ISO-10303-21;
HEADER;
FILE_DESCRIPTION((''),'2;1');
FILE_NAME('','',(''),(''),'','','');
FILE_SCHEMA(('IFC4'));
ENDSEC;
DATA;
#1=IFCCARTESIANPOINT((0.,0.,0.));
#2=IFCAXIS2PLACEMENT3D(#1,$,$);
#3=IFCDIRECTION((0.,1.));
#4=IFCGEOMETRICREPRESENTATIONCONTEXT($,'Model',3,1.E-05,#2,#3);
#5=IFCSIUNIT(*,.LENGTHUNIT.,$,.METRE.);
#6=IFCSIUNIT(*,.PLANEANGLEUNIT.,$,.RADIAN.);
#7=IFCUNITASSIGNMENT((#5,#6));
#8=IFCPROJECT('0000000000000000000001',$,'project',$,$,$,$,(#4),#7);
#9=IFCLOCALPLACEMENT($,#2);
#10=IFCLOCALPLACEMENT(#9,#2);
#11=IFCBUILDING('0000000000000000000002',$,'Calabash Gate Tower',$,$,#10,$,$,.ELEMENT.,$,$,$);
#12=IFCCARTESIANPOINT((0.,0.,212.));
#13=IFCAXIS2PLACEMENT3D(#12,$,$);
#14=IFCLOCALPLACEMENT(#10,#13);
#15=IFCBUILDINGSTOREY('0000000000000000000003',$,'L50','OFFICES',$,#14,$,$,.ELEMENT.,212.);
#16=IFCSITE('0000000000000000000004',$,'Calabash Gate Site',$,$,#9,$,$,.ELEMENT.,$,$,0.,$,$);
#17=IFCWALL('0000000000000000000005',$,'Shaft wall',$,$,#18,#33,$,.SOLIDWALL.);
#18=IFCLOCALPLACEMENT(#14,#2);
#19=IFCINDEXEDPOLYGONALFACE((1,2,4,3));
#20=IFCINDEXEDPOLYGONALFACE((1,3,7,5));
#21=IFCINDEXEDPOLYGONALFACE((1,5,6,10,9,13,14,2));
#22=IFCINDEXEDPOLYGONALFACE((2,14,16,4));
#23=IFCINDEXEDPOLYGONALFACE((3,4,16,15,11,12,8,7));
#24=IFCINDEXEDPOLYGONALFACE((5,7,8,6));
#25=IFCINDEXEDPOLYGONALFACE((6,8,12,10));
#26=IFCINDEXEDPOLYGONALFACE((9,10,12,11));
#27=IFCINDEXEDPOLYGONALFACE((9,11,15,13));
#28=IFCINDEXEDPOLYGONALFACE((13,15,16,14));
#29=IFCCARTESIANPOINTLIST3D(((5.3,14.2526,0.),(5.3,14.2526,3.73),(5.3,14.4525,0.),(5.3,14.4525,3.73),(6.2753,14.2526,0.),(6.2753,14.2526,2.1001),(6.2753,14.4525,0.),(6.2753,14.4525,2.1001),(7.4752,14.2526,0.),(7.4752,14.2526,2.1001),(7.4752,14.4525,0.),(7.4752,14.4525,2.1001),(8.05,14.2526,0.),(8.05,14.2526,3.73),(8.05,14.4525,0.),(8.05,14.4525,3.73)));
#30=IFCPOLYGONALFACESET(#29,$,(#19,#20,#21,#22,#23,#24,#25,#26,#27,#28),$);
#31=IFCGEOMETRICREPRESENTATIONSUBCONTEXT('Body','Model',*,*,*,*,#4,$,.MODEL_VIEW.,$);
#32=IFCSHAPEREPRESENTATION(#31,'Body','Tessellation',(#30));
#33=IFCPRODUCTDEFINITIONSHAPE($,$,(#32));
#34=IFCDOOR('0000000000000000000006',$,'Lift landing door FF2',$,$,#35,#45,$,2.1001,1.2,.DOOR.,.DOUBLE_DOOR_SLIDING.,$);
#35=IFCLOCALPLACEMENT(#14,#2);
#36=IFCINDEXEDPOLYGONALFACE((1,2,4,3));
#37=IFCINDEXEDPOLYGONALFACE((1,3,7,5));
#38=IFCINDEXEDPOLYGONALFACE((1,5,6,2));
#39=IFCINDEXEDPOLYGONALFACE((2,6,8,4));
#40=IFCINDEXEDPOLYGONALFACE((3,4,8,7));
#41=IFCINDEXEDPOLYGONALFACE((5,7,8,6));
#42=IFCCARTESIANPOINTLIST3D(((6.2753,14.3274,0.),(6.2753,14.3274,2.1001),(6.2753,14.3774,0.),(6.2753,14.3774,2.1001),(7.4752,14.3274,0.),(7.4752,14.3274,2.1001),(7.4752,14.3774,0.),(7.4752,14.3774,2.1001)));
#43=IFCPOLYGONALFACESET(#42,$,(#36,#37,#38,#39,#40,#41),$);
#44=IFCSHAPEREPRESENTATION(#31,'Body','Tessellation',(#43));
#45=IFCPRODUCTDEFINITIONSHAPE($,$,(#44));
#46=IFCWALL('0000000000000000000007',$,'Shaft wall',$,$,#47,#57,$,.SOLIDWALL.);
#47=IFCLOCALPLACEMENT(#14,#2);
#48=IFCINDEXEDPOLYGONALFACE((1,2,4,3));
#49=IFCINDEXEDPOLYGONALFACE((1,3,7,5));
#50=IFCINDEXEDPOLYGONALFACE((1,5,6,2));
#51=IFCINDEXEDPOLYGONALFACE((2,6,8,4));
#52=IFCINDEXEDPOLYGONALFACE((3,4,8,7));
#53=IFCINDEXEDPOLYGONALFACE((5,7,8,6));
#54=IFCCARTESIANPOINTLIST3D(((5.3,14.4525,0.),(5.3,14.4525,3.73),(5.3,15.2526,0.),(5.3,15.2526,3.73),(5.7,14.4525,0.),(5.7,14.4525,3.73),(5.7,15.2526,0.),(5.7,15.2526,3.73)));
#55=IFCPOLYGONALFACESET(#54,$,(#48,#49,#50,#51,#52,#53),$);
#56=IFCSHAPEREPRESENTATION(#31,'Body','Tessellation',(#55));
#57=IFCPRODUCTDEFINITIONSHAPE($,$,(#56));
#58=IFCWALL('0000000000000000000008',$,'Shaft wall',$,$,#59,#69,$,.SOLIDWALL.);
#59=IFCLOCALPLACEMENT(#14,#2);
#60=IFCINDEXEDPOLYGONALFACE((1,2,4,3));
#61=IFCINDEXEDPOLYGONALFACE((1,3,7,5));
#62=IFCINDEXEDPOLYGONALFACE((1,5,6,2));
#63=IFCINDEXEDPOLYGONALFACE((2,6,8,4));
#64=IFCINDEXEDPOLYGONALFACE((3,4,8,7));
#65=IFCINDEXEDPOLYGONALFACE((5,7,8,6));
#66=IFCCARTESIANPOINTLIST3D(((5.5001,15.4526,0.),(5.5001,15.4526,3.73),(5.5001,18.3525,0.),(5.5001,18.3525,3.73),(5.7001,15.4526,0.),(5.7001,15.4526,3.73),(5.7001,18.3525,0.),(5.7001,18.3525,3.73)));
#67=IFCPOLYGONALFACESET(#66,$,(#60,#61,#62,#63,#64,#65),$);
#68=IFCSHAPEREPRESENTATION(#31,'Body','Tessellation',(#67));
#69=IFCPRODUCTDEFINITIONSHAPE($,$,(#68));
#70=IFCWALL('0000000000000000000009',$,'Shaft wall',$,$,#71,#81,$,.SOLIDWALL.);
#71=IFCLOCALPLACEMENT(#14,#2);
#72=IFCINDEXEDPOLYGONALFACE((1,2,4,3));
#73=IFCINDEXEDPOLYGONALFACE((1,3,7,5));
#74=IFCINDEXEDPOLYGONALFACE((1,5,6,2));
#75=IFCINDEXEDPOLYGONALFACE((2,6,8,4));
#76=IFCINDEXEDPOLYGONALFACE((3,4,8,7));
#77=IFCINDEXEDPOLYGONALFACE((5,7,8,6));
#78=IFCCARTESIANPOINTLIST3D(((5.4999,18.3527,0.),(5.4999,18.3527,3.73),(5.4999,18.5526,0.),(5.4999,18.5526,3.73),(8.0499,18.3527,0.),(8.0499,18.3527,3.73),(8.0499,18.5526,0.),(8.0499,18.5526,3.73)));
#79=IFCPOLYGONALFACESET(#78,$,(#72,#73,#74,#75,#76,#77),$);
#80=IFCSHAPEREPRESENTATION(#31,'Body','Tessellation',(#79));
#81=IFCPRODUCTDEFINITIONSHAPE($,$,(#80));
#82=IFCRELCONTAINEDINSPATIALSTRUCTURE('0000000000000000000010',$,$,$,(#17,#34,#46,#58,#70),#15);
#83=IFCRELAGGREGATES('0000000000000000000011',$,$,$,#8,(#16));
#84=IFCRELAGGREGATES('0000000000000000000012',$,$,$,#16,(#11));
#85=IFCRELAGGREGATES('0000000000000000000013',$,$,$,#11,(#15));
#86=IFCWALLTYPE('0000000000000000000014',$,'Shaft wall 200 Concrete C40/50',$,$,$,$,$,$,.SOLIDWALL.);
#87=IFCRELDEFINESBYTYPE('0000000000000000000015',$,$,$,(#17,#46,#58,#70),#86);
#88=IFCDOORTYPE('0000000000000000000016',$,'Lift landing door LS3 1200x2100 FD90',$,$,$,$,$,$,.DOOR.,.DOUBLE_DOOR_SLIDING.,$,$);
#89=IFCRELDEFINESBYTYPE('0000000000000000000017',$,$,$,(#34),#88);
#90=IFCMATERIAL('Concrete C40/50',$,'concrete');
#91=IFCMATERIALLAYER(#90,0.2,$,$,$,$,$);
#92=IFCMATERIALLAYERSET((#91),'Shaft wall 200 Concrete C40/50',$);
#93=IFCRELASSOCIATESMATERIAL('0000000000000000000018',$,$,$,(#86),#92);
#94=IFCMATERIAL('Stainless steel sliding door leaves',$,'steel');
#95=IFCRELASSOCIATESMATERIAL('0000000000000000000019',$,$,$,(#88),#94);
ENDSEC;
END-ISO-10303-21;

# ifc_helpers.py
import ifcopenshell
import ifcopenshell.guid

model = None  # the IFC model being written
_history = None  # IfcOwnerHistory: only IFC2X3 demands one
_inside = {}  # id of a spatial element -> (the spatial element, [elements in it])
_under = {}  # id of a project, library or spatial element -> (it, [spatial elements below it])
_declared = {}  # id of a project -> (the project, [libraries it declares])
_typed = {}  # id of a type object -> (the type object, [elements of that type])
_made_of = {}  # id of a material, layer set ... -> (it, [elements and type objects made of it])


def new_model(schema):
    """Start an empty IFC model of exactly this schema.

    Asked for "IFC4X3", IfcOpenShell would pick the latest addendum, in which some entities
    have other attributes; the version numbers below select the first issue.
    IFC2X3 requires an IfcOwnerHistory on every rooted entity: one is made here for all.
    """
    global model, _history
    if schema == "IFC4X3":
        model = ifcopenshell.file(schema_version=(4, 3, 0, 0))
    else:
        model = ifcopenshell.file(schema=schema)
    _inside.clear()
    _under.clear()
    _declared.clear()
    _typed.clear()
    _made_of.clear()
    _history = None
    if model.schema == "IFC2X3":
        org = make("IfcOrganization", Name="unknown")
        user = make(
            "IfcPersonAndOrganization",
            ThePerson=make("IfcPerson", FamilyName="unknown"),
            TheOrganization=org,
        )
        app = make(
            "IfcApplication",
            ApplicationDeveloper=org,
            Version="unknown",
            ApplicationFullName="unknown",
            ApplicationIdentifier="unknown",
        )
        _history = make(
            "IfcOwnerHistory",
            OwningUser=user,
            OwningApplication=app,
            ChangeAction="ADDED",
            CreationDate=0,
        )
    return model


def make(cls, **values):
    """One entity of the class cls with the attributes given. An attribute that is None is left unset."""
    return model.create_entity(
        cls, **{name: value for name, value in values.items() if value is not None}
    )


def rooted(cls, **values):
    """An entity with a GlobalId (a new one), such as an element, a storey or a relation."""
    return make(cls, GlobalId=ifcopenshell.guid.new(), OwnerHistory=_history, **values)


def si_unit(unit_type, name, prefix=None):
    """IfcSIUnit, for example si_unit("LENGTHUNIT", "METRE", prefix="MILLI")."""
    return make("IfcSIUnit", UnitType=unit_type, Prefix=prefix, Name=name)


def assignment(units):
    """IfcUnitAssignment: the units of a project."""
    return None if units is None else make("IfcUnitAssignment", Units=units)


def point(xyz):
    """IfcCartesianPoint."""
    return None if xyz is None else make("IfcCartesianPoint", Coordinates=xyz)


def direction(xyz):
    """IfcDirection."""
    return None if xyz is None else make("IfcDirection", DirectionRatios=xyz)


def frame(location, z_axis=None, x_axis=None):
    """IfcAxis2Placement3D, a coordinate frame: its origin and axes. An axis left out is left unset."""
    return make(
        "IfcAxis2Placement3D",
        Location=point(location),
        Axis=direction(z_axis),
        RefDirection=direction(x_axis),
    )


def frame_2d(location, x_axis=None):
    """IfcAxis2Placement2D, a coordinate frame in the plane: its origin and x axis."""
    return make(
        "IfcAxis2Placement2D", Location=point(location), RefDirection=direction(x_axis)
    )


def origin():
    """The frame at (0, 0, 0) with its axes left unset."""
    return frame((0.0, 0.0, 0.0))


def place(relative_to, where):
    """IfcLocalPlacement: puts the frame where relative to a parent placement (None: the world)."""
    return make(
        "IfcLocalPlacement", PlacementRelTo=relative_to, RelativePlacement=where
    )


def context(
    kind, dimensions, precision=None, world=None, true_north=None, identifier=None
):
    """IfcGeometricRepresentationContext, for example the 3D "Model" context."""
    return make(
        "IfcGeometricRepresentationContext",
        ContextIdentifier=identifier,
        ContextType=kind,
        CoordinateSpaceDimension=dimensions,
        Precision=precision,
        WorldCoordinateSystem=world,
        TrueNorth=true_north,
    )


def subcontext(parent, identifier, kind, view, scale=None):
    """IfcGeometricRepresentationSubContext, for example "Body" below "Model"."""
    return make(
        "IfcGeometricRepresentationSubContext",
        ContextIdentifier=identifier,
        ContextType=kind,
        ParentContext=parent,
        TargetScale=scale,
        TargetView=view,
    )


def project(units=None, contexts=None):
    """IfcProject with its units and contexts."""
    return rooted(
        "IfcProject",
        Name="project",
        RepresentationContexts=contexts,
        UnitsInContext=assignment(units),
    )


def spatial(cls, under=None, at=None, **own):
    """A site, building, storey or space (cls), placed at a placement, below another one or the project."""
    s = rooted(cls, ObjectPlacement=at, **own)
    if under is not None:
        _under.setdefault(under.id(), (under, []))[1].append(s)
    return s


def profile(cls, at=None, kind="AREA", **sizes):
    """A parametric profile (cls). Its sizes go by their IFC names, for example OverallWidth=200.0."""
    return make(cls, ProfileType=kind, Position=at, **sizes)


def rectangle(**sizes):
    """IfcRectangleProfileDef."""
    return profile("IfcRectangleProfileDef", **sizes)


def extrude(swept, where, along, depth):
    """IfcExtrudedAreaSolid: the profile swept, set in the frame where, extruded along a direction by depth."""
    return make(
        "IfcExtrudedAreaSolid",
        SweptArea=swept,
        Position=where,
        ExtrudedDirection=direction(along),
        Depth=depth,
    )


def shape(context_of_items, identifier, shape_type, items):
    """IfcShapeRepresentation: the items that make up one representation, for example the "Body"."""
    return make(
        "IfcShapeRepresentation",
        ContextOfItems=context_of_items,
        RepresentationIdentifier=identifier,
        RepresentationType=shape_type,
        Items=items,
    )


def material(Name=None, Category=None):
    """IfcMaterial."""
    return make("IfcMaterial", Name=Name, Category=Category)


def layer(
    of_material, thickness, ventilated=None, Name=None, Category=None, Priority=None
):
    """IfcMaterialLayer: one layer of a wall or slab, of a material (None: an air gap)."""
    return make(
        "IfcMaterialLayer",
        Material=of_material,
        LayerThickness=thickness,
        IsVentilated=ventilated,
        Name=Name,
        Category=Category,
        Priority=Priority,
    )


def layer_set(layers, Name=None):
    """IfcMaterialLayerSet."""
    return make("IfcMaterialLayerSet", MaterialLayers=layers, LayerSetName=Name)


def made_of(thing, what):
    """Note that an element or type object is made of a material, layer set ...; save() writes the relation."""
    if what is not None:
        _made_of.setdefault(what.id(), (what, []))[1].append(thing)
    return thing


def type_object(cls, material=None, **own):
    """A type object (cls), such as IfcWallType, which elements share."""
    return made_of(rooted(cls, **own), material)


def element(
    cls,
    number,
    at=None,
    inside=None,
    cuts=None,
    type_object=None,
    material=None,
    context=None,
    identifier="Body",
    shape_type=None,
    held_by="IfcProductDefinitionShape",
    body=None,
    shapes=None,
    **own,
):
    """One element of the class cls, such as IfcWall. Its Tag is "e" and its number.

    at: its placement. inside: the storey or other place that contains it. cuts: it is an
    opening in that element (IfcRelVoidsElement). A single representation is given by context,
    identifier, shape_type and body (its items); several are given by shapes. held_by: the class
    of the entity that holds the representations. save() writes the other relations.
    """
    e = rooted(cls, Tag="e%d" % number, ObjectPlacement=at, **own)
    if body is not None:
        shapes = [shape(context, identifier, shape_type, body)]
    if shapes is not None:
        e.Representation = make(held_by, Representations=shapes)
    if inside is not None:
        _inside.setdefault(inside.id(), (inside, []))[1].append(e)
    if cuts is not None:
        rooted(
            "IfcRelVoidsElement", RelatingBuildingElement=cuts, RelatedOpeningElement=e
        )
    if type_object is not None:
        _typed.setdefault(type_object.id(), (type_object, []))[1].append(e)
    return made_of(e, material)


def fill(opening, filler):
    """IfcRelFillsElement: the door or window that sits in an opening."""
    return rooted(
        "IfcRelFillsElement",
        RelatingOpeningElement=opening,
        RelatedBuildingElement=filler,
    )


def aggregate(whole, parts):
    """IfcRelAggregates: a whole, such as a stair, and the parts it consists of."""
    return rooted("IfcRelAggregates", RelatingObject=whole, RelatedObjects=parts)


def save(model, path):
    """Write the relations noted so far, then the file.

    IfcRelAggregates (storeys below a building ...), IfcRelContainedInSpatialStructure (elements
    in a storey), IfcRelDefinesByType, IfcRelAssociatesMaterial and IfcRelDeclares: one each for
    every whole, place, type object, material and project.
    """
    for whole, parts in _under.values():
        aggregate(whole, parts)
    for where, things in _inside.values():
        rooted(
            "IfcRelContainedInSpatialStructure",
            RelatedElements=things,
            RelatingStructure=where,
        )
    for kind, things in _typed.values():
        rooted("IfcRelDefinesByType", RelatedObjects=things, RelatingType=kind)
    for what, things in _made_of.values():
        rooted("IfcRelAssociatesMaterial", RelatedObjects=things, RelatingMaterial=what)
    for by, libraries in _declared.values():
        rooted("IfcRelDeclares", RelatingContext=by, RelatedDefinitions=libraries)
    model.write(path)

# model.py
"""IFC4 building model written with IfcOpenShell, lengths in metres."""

from ifc_helpers import new_model, si_unit, direction, frame, frame_2d, origin, place, context, subcontext, project, spatial, rectangle, extrude, material, layer, layer_set, type_object, element, fill, save


model = new_model("IFC4")

# Units and contexts
model_context = context("Model", 3, precision=1e-05, world=origin(), true_north=direction((0.0, 1.0)))
body_context = subcontext(model_context, "Body", "Model", "MODEL_VIEW")
ifc_project = project(units=[si_unit("LENGTHUNIT", "METRE"), si_unit("PLANEANGLEUNIT", "RADIAN")], contexts=[model_context])

# Site, building, storey
site_placement = place(None, origin())
site = spatial("IfcSite", under=ifc_project, at=site_placement, Name="Calabash Gate Site", CompositionType="ELEMENT", RefElevation=0.0)
building_placement = place(site_placement, origin())
building = spatial("IfcBuilding", under=site, at=building_placement, Name="Calabash Gate Tower", CompositionType="ELEMENT")
storey_placement = place(building_placement, frame((0.0, 0.0, 212.0)))
storey = spatial("IfcBuildingStorey", under=building, at=storey_placement, Name="L50", Description="OFFICES", CompositionType="ELEMENT", Elevation=212.0)

# Shared definitions
ifc_material_1 = material(Name="Concrete C40/50", Category="concrete")
ifc_layer_1 = layer(ifc_material_1, 0.2)
ifc_layer_set_1 = layer_set([ifc_layer_1], Name="Shaft wall 200 Concrete C40/50")
wall_type_1 = type_object("IfcWallType", Name="Shaft wall 200 Concrete C40/50", PredefinedType="SOLIDWALL", material=ifc_layer_set_1)

# Wall, opening, door
wall_1_placement = place(storey_placement, frame((5.3, 14.3525, 0.0), z_axis=(0.0, 0.0, 1.0), x_axis=(1.0, 0.0, 0.0)))
wall_1 = element("IfcWall", 1, at=wall_1_placement, inside=storey, type_object=wall_type_1, Name="Shaft wall", PredefinedType="SOLIDWALL", context=body_context, shape_type="SweptSolid", body=[
    extrude(rectangle(XDim=2.75, YDim=0.2, at=frame_2d((1.375, 0.0))), origin(), (0.0, 0.0, 1.0), 3.73),
])
opening_1_placement = place(wall_1_placement, frame((0.9751, 0.0, 0.0)))
opening_1 = element("IfcOpeningElement", 2, at=opening_1_placement, cuts=wall_1, PredefinedType="OPENING", context=body_context, shape_type="SweptSolid", body=[
    extrude(rectangle(XDim=1.2, YDim=2.1001, at=frame_2d((0.6001, 1.05))), frame((0.0, 0.1099, 0.0), z_axis=(0.0, -1.0, 0.0), x_axis=(1.0, 0.0, 0.0)), (0.0, 0.0, 1.0), 0.22),
])
ifc_material_2 = material(Name="Stainless steel sliding door leaves", Category="steel")
door_type_1 = type_object("IfcDoorType", Name="Lift landing door LS3 1200x2100 FD90", OperationType="DOUBLE_DOOR_SLIDING", PredefinedType="DOOR", material=ifc_material_2)
door_1_placement = place(opening_1_placement, origin())
door_1 = element("IfcDoor", 3, at=door_1_placement, inside=storey, type_object=door_type_1, Name="Lift landing door FF2", OperationType="DOUBLE_DOOR_SLIDING", OverallHeight=2.1001, OverallWidth=1.2, PredefinedType="DOOR", context=body_context, shape_type="SweptSolid", body=[
    extrude(rectangle(XDim=1.2, YDim=2.1001, at=frame_2d((0.6001, 1.05))), frame((0.0, 0.0249, 0.0), z_axis=(0.0, -1.0, 0.0), x_axis=(1.0, 0.0, 0.0)), (0.0, 0.0, 1.0), 0.05),
])
fill(opening_1, door_1)

# Walls
wall_2_placement = place(storey_placement, frame((5.5, 14.4526, 0.0), z_axis=(0.0, 0.0, 1.0), x_axis=(0.0, 1.0, 0.0)))
element("IfcWall", 4, at=wall_2_placement, inside=storey, type_object=wall_type_1, Name="Shaft wall", PredefinedType="SOLIDWALL", context=body_context, shape_type="SweptSolid", body=[
    extrude(rectangle(XDim=0.8, YDim=0.3999, at=frame_2d((0.3999, 0.0))), origin(), (0.0, 0.0, 1.0), 3.73),
])
wall_3_placement = place(storey_placement, frame((5.6001, 15.4526, 0.0), z_axis=(0.0, 0.0, 1.0), x_axis=(0.0, 1.0, 0.0)))
element("IfcWall", 5, at=wall_3_placement, inside=storey, type_object=wall_type_1, Name="Shaft wall", PredefinedType="SOLIDWALL", context=body_context, shape_type="SweptSolid", body=[
    extrude(rectangle(XDim=2.8999, YDim=0.2, at=frame_2d((1.45, 0.0))), origin(), (0.0, 0.0, 1.0), 3.73),
])
wall_4_placement = place(storey_placement, frame((5.5, 18.4526, 0.0), z_axis=(0.0, 0.0, 1.0), x_axis=(1.0, 0.0, 0.0)))
element("IfcWall", 6, at=wall_4_placement, inside=storey, type_object=wall_type_1, Name="Shaft wall", PredefinedType="SOLIDWALL", context=body_context, shape_type="SweptSolid", body=[
    extrude(rectangle(XDim=2.55, YDim=0.2, at=frame_2d((1.2749, 0.0))), origin(), (0.0, 0.0, 1.0), 3.73),
])

save(model, "model.ifc")
